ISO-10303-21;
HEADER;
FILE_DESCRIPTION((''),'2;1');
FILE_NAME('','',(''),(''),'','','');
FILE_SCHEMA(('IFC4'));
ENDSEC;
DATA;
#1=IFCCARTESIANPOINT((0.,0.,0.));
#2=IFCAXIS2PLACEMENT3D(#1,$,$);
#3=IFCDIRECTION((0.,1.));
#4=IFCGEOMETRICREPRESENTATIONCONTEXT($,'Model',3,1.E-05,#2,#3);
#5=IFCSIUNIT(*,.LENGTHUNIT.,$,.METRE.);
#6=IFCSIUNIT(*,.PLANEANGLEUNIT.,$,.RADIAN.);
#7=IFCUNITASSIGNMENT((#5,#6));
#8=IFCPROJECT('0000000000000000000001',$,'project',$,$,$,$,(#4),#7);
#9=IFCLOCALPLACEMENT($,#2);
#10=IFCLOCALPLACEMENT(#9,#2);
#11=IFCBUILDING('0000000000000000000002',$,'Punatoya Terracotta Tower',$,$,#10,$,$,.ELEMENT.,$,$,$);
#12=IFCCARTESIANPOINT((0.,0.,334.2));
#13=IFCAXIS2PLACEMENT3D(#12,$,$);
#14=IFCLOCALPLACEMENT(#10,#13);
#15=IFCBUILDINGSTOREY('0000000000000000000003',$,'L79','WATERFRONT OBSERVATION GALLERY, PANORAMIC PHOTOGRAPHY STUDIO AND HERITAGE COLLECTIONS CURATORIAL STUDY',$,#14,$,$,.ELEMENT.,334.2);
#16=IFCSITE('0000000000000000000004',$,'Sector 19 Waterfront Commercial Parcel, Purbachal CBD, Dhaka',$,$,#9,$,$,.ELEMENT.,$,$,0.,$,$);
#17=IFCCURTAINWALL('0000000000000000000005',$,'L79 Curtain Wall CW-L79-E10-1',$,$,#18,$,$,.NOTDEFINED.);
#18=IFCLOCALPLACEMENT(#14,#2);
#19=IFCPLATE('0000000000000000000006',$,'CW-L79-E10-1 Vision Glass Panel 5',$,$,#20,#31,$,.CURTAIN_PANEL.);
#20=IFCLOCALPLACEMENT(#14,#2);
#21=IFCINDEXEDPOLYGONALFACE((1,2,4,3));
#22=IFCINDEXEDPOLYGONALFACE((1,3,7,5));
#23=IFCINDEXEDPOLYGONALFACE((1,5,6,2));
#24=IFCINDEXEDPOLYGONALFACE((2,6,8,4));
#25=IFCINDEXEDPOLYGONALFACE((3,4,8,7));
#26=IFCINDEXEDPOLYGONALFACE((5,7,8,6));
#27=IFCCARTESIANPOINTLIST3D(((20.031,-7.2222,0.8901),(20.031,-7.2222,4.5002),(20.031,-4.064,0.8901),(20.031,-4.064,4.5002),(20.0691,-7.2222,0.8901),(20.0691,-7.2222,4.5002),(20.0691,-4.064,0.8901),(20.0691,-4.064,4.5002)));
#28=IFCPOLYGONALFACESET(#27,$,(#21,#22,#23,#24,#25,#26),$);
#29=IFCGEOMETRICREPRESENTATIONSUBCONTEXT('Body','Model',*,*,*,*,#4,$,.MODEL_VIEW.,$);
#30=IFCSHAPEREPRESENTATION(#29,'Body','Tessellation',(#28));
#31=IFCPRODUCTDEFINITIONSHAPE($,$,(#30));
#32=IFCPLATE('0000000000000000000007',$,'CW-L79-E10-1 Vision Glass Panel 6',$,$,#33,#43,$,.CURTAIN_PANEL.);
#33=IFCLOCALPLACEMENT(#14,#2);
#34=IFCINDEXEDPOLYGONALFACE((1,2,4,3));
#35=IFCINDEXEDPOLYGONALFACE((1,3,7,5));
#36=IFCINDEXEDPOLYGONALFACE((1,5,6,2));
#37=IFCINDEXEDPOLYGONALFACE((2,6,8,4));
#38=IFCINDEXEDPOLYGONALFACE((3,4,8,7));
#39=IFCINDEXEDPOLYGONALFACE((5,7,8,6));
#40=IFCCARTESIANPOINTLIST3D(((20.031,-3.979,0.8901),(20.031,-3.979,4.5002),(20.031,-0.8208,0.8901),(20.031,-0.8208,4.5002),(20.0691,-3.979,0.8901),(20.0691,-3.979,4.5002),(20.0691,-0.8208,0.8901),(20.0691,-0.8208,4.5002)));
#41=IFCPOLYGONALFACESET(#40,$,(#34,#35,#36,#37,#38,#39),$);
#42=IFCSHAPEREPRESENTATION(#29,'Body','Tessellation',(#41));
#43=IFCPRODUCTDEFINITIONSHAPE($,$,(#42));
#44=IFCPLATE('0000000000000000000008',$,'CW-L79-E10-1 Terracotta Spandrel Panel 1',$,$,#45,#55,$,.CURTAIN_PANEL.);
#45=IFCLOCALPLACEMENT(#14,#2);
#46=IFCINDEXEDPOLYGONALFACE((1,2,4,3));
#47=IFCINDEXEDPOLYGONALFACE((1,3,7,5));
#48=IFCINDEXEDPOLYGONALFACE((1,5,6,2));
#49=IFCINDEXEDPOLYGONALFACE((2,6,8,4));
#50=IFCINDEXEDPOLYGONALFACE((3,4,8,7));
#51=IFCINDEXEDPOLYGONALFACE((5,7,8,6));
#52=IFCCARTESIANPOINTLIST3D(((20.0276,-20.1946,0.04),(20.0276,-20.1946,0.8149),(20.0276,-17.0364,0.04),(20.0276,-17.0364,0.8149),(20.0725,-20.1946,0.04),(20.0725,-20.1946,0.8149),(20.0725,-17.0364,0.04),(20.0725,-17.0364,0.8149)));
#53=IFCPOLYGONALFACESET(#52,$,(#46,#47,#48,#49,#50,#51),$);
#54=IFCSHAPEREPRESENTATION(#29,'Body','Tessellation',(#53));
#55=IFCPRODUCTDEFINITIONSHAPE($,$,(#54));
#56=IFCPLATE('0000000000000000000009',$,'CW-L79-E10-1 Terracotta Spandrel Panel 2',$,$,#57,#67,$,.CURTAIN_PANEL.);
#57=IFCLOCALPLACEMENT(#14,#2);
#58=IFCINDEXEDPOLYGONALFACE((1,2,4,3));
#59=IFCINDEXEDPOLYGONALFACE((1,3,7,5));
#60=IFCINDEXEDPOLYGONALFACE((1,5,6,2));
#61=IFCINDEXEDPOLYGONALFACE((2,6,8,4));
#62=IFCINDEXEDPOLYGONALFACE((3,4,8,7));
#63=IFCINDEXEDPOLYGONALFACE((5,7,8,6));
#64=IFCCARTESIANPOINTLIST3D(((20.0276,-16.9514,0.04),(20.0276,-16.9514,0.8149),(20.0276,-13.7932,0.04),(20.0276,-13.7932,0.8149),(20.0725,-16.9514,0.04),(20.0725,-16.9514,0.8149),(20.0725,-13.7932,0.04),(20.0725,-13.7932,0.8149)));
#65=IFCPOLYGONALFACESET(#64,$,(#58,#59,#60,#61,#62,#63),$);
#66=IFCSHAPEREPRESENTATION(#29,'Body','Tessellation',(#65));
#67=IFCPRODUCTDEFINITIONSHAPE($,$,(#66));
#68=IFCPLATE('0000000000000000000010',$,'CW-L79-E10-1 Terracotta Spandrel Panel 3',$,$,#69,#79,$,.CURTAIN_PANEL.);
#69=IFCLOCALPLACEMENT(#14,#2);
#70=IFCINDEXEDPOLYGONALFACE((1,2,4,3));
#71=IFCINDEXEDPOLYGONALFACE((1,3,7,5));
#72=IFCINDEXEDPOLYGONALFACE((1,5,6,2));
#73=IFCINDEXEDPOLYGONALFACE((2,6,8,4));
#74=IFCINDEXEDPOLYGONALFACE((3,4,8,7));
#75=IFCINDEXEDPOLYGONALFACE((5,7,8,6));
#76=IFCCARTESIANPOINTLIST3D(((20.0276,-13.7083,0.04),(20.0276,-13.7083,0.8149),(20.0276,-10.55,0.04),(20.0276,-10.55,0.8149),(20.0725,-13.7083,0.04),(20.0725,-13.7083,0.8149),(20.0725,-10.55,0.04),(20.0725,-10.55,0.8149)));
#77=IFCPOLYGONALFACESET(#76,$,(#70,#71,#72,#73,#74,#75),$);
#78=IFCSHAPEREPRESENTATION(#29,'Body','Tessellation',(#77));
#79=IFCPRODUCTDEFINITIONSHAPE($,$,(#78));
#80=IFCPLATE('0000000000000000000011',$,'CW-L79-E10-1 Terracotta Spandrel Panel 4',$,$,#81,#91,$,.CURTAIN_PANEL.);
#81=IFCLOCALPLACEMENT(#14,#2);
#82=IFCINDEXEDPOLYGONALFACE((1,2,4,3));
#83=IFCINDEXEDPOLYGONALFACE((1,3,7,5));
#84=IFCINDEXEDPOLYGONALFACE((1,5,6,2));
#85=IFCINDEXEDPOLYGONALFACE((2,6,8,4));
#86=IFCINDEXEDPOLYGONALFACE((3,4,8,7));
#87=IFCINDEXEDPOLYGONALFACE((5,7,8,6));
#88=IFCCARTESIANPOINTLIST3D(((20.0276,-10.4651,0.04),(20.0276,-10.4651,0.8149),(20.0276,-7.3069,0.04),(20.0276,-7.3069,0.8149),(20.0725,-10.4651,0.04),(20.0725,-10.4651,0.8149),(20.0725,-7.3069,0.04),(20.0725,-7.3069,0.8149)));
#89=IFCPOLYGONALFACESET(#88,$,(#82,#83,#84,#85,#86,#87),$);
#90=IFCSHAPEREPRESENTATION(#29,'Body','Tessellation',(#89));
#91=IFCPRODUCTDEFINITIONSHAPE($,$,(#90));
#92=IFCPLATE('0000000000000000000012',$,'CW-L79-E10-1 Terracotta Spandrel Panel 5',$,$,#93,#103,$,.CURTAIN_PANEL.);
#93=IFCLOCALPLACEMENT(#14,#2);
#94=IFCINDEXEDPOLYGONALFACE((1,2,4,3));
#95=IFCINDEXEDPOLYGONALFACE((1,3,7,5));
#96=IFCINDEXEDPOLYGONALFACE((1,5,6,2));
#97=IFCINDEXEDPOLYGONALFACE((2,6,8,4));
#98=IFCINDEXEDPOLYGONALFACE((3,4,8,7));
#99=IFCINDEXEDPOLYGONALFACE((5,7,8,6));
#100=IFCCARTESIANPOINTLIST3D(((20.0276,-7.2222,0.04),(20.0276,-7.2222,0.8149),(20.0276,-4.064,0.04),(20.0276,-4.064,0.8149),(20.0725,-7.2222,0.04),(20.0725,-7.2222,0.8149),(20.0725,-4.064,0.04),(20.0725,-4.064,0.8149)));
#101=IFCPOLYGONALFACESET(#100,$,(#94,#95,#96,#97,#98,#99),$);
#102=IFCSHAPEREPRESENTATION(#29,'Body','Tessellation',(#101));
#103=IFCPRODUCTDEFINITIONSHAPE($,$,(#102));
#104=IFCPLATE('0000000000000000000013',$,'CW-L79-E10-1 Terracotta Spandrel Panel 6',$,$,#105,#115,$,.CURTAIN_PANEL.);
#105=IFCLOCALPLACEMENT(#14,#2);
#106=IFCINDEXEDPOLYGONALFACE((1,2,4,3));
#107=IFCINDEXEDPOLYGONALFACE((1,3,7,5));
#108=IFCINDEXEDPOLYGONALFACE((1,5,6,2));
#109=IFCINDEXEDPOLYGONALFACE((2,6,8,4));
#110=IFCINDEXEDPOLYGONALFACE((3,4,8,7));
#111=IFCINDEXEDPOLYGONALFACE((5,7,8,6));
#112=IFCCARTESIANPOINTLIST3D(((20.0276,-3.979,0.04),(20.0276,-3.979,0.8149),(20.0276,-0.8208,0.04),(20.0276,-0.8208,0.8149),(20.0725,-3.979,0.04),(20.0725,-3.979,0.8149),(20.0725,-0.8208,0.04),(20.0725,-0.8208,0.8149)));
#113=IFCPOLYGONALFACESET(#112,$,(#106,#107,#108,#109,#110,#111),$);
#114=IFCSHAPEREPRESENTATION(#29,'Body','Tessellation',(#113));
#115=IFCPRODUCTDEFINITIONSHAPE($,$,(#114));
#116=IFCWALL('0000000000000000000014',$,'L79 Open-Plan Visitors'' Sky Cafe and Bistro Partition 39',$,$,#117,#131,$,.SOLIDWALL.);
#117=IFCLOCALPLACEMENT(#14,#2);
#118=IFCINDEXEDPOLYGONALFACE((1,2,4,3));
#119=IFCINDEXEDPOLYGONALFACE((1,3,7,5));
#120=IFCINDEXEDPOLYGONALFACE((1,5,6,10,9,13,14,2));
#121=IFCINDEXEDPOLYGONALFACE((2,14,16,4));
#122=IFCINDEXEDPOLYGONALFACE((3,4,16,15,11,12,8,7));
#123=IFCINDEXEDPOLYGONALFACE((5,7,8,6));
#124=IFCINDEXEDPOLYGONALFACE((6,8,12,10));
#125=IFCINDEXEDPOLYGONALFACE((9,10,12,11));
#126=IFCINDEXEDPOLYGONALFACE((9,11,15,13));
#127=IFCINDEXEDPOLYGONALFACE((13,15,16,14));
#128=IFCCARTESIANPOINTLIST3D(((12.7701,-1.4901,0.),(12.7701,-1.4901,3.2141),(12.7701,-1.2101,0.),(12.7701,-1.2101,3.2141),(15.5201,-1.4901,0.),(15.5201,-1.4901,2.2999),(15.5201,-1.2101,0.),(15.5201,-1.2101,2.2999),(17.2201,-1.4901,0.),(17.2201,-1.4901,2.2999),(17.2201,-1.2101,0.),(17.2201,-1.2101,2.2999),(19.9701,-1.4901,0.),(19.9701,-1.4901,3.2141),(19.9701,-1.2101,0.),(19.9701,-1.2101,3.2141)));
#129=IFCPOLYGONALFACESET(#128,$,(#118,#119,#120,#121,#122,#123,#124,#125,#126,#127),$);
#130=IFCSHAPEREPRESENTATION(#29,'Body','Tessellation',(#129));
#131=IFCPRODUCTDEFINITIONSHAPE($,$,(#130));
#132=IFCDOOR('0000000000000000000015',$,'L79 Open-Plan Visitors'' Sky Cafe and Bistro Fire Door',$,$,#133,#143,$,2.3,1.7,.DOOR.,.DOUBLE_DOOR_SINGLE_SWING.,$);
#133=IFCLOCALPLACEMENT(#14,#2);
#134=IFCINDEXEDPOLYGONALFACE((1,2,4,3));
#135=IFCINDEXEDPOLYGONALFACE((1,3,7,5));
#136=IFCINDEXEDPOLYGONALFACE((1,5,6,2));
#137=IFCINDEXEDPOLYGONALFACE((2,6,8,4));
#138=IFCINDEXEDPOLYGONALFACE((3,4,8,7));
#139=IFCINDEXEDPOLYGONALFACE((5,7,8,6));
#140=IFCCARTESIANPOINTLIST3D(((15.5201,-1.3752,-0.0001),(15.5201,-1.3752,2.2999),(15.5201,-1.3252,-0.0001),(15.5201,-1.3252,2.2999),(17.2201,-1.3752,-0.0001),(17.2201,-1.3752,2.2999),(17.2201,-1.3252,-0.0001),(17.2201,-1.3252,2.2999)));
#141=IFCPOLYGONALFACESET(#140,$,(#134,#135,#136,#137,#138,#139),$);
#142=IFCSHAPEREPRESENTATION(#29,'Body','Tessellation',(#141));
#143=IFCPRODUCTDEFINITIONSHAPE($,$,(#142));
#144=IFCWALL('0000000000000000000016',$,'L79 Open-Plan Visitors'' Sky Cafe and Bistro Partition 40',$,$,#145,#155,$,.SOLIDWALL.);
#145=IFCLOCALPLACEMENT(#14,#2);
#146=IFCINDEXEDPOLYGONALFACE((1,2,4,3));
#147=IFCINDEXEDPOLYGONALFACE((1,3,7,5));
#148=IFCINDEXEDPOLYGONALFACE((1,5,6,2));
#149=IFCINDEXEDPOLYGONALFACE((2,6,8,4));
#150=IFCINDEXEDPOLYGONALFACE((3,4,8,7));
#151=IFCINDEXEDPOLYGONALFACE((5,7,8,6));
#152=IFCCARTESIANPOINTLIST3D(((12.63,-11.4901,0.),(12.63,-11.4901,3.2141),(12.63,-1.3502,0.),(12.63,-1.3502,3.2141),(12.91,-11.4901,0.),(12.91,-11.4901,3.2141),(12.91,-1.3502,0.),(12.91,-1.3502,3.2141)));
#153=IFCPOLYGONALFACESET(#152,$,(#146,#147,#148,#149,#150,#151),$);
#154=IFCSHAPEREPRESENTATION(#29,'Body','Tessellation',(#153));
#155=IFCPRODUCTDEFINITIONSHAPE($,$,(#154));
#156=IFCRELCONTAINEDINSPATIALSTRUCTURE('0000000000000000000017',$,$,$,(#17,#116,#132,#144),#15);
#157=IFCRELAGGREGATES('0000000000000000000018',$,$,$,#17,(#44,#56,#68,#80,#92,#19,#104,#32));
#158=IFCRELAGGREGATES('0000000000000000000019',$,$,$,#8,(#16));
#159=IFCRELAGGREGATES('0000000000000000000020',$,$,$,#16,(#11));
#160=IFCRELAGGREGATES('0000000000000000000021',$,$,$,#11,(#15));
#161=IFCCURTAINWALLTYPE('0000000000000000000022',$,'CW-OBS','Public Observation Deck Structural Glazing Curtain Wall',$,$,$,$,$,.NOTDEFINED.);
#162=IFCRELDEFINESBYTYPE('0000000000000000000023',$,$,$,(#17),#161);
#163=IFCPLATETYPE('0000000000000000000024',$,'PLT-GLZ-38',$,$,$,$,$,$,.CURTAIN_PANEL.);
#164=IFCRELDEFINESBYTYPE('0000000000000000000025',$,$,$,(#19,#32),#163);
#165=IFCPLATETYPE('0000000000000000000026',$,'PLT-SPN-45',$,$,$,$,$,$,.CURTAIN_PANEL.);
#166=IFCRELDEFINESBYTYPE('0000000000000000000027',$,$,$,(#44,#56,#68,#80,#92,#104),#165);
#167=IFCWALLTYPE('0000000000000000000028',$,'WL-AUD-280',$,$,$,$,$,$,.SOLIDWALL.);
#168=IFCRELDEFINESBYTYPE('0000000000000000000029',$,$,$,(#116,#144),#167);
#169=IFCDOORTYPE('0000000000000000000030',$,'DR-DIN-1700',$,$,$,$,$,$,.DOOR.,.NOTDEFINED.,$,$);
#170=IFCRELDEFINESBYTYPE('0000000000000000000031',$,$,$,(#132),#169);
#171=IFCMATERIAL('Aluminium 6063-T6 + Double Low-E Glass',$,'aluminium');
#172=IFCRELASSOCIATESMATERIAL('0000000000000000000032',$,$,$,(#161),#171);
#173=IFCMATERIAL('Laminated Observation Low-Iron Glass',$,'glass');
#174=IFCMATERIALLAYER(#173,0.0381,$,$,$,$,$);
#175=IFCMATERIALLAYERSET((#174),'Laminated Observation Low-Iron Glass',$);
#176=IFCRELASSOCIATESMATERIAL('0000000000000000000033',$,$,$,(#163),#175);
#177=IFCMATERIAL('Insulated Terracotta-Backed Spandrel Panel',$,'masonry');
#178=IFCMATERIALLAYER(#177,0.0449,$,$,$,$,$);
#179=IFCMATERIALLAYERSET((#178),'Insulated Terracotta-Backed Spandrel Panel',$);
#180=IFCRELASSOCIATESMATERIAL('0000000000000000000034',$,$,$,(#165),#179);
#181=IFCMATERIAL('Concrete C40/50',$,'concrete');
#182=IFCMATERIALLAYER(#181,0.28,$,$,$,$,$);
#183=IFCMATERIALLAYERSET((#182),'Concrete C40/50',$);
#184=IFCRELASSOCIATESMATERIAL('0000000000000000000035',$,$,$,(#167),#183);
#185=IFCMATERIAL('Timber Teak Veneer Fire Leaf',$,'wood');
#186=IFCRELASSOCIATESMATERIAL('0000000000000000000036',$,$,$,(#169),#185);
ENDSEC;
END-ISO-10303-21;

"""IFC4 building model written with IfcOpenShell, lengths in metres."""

from ifc_helpers import new_model, si_unit, direction, frame, frame_2d, origin, origin_2d, place, context, subcontext, project, spatial, rectangle, extrude, material, layer, layer_set, type_object, element, fill, aggregate, save


model = new_model("IFC4")

# Units and contexts
model_context = context("Model", 3, precision=1e-05, world=origin(), true_north=direction((0.0, 1.0)))
body_context = subcontext(model_context, "Body", "Model", "MODEL_VIEW")
ifc_project = project(units=[si_unit("LENGTHUNIT", "METRE"), si_unit("PLANEANGLEUNIT", "RADIAN")], contexts=[model_context])

# Site, building, storey
site_placement = place(None, origin())
site = spatial("IfcSite", under=ifc_project, at=site_placement, Name="Sector 19 Waterfront Commercial Parcel, Purbachal CBD, Dhaka", CompositionType="ELEMENT", RefElevation=0.0)
building_placement = place(site_placement, origin())
building = spatial("IfcBuilding", under=site, at=building_placement, Name="Punatoya Terracotta Tower", CompositionType="ELEMENT")
storey_placement = place(building_placement, frame((0.0, 0.0, 334.2)))
storey = spatial("IfcBuildingStorey", under=building, at=storey_placement, Name="L79", Description="WATERFRONT OBSERVATION GALLERY, PANORAMIC PHOTOGRAPHY STUDIO AND HERITAGE COLLECTIONS CURATORIAL STUDY", CompositionType="ELEMENT", Elevation=334.2)

# Curtain wall
ifc_material_1 = material(Name="Aluminium 6063-T6 + Double Low-E Glass", Category="aluminium")
curtain_wall_type = type_object("IfcCurtainWallType", Name="CW-OBS", Description="Public Observation Deck Structural Glazing Curtain Wall", PredefinedType="NOTDEFINED", material=ifc_material_1)
curtain_wall_1_placement = place(storey_placement, origin())
curtain_wall_1 = element("IfcCurtainWall", 1, at=curtain_wall_1_placement, inside=storey, type_object=curtain_wall_type, Name="L79 Curtain Wall CW-L79-E10-1", PredefinedType="NOTDEFINED")

# Plates
ifc_material_2 = material(Name="Laminated Observation Low-Iron Glass", Category="glass")
ifc_layer_1 = layer(ifc_material_2, 0.0381)
ifc_layer_set_1 = layer_set([ifc_layer_1], Name="Laminated Observation Low-Iron Glass")
plate_type_1 = type_object("IfcPlateType", Name="PLT-GLZ-38", PredefinedType="CURTAIN_PANEL", material=ifc_layer_set_1)
plate_1_placement = place(storey_placement, frame((20.05, -5.6431, 0.8901), z_axis=(0.0, 0.0, 1.0), x_axis=(0.0, 1.0, 0.0)))
plate_1 = element("IfcPlate", 2, at=plate_1_placement, type_object=plate_type_1, Name="CW-L79-E10-1 Vision Glass Panel 5", PredefinedType="CURTAIN_PANEL", context=body_context, shape_type="SweptSolid", body=[
    extrude(rectangle(XDim=3.1582, YDim=0.0381, at=origin_2d()), origin(), (0.0, 0.0, 1.0), 3.6101),
])
plate_2_placement = place(storey_placement, frame((20.05, -2.3999, 0.8901), z_axis=(0.0, 0.0, 1.0), x_axis=(0.0, 1.0, 0.0)))
plate_2 = element("IfcPlate", 3, at=plate_2_placement, type_object=plate_type_1, Name="CW-L79-E10-1 Vision Glass Panel 6", PredefinedType="CURTAIN_PANEL", context=body_context, shape_type="SweptSolid", body=[
    extrude(rectangle(XDim=3.1582, YDim=0.0381, at=origin_2d()), origin(), (0.0, 0.0, 1.0), 3.6101),
])
ifc_material_3 = material(Name="Insulated Terracotta-Backed Spandrel Panel", Category="masonry")
ifc_layer_2 = layer(ifc_material_3, 0.0449)
ifc_layer_set_2 = layer_set([ifc_layer_2], Name="Insulated Terracotta-Backed Spandrel Panel")
plate_type_2 = type_object("IfcPlateType", Name="PLT-SPN-45", PredefinedType="CURTAIN_PANEL", material=ifc_layer_set_2)
plate_3_placement = place(storey_placement, frame((20.05, -18.6155, 0.04), z_axis=(0.0, 0.0, 1.0), x_axis=(0.0, 1.0, 0.0)))
plate_3 = element("IfcPlate", 4, at=plate_3_placement, type_object=plate_type_2, Name="CW-L79-E10-1 Terracotta Spandrel Panel 1", PredefinedType="CURTAIN_PANEL", context=body_context, shape_type="SweptSolid", body=[
    extrude(rectangle(XDim=3.1582, YDim=0.0449, at=origin_2d()), origin(), (0.0, 0.0, 1.0), 0.7749),
])
plate_4_placement = place(storey_placement, frame((20.05, -15.3723, 0.04), z_axis=(0.0, 0.0, 1.0), x_axis=(0.0, 1.0, 0.0)))
plate_4 = element("IfcPlate", 5, at=plate_4_placement, type_object=plate_type_2, Name="CW-L79-E10-1 Terracotta Spandrel Panel 2", PredefinedType="CURTAIN_PANEL", context=body_context, shape_type="SweptSolid", body=[
    extrude(rectangle(XDim=3.1582, YDim=0.0449, at=origin_2d()), origin(), (0.0, 0.0, 1.0), 0.7749),
])
plate_5_placement = place(storey_placement, frame((20.05, -12.1292, 0.04), z_axis=(0.0, 0.0, 1.0), x_axis=(0.0, 1.0, 0.0)))
plate_5 = element("IfcPlate", 6, at=plate_5_placement, type_object=plate_type_2, Name="CW-L79-E10-1 Terracotta Spandrel Panel 3", PredefinedType="CURTAIN_PANEL", context=body_context, shape_type="SweptSolid", body=[
    extrude(rectangle(XDim=3.1582, YDim=0.0449, at=origin_2d()), origin(), (0.0, 0.0, 1.0), 0.7749),
])
plate_6_placement = place(storey_placement, frame((20.05, -8.886, 0.04), z_axis=(0.0, 0.0, 1.0), x_axis=(0.0, 1.0, 0.0)))
plate_6 = element("IfcPlate", 7, at=plate_6_placement, type_object=plate_type_2, Name="CW-L79-E10-1 Terracotta Spandrel Panel 4", PredefinedType="CURTAIN_PANEL", context=body_context, shape_type="SweptSolid", body=[
    extrude(rectangle(XDim=3.1582, YDim=0.0449, at=origin_2d()), origin(), (0.0, 0.0, 1.0), 0.7749),
])
plate_7_placement = place(storey_placement, frame((20.05, -5.6431, 0.04), z_axis=(0.0, 0.0, 1.0), x_axis=(0.0, 1.0, 0.0)))
plate_7 = element("IfcPlate", 8, at=plate_7_placement, type_object=plate_type_2, Name="CW-L79-E10-1 Terracotta Spandrel Panel 5", PredefinedType="CURTAIN_PANEL", context=body_context, shape_type="SweptSolid", body=[
    extrude(rectangle(XDim=3.1582, YDim=0.0449, at=origin_2d()), origin(), (0.0, 0.0, 1.0), 0.7749),
])
plate_8_placement = place(storey_placement, frame((20.05, -2.3999, 0.04), z_axis=(0.0, 0.0, 1.0), x_axis=(0.0, 1.0, 0.0)))
plate_8 = element("IfcPlate", 9, at=plate_8_placement, type_object=plate_type_2, Name="CW-L79-E10-1 Terracotta Spandrel Panel 6", PredefinedType="CURTAIN_PANEL", context=body_context, shape_type="SweptSolid", body=[
    extrude(rectangle(XDim=3.1582, YDim=0.0449, at=origin_2d()), origin(), (0.0, 0.0, 1.0), 0.7749),
])
aggregate(curtain_wall_1, [plate_3, plate_4, plate_5, plate_6, plate_7, plate_1, plate_8, plate_2])

# Wall, opening, door
ifc_material_4 = material(Name="Concrete C40/50", Category="concrete")
ifc_layer_3 = layer(ifc_material_4, 0.28)
ifc_layer_set_3 = layer_set([ifc_layer_3], Name="Concrete C40/50")
wall_type_1 = type_object("IfcWallType", Name="WL-AUD-280", PredefinedType="SOLIDWALL", material=ifc_layer_set_3)
wall_1_placement = place(storey_placement, frame((12.77, -1.3501, 0.0), z_axis=(0.0, 0.0, 1.0), x_axis=(1.0, 0.0, 0.0)))
wall_1 = element("IfcWall", 10, at=wall_1_placement, inside=storey, type_object=wall_type_1, Name="L79 Open-Plan Visitors' Sky Cafe and Bistro Partition 39", PredefinedType="SOLIDWALL", context=body_context, shape_type="SweptSolid", body=[
    extrude(rectangle(XDim=7.2, YDim=0.28, at=frame_2d((3.6001, 0.0))), origin(), (0.0, 0.0, 1.0), 3.2141),
])
opening_1_placement = place(wall_1_placement, frame((2.75, 0.0, 0.0)))
opening_1 = element("IfcOpeningElement", 11, at=opening_1_placement, cuts=wall_1, PredefinedType="OPENING", context=body_context, shape_type="SweptSolid", body=[
    extrude(rectangle(XDim=1.7, YDim=2.3, at=frame_2d((0.8501, 1.1499))), frame((0.0, 0.1499, 0.0), z_axis=(0.0, -1.0, 0.0), x_axis=(1.0, 0.0, 0.0)), (0.0, 0.0, 1.0), 0.3),
])
ifc_material_5 = material(Name="Timber Teak Veneer Fire Leaf", Category="wood")
door_type_1 = type_object("IfcDoorType", Name="DR-DIN-1700", OperationType="NOTDEFINED", PredefinedType="DOOR", material=ifc_material_5)
door_1_placement = place(opening_1_placement, origin())
door_1 = element("IfcDoor", 12, at=door_1_placement, inside=storey, type_object=door_type_1, Name="L79 Open-Plan Visitors' Sky Cafe and Bistro Fire Door", OperationType="DOUBLE_DOOR_SINGLE_SWING", OverallHeight=2.3, OverallWidth=1.7, PredefinedType="DOOR", context=body_context, shape_type="SweptSolid", body=[
    extrude(rectangle(XDim=1.7, YDim=2.3, at=frame_2d((0.8501, 1.1499))), frame((0.0, 0.0249, 0.0), z_axis=(0.0, -1.0, 0.0), x_axis=(1.0, 0.0, 0.0)), (0.0, 0.0, 1.0), 0.05),
])
fill(opening_1, door_1)

# Wall
wall_2_placement = place(storey_placement, frame((12.77, -11.49, 0.0), z_axis=(0.0, 0.0, 1.0), x_axis=(0.0, 1.0, 0.0)))
element("IfcWall", 13, at=wall_2_placement, inside=storey, type_object=wall_type_1, Name="L79 Open-Plan Visitors' Sky Cafe and Bistro Partition 40", PredefinedType="SOLIDWALL", context=body_context, shape_type="SweptSolid", body=[
    extrude(rectangle(XDim=10.1399, YDim=0.28, at=frame_2d((5.0698, 0.0))), origin(), (0.0, 0.0, 1.0), 3.2141),
])

save(model, "model.ifc")
